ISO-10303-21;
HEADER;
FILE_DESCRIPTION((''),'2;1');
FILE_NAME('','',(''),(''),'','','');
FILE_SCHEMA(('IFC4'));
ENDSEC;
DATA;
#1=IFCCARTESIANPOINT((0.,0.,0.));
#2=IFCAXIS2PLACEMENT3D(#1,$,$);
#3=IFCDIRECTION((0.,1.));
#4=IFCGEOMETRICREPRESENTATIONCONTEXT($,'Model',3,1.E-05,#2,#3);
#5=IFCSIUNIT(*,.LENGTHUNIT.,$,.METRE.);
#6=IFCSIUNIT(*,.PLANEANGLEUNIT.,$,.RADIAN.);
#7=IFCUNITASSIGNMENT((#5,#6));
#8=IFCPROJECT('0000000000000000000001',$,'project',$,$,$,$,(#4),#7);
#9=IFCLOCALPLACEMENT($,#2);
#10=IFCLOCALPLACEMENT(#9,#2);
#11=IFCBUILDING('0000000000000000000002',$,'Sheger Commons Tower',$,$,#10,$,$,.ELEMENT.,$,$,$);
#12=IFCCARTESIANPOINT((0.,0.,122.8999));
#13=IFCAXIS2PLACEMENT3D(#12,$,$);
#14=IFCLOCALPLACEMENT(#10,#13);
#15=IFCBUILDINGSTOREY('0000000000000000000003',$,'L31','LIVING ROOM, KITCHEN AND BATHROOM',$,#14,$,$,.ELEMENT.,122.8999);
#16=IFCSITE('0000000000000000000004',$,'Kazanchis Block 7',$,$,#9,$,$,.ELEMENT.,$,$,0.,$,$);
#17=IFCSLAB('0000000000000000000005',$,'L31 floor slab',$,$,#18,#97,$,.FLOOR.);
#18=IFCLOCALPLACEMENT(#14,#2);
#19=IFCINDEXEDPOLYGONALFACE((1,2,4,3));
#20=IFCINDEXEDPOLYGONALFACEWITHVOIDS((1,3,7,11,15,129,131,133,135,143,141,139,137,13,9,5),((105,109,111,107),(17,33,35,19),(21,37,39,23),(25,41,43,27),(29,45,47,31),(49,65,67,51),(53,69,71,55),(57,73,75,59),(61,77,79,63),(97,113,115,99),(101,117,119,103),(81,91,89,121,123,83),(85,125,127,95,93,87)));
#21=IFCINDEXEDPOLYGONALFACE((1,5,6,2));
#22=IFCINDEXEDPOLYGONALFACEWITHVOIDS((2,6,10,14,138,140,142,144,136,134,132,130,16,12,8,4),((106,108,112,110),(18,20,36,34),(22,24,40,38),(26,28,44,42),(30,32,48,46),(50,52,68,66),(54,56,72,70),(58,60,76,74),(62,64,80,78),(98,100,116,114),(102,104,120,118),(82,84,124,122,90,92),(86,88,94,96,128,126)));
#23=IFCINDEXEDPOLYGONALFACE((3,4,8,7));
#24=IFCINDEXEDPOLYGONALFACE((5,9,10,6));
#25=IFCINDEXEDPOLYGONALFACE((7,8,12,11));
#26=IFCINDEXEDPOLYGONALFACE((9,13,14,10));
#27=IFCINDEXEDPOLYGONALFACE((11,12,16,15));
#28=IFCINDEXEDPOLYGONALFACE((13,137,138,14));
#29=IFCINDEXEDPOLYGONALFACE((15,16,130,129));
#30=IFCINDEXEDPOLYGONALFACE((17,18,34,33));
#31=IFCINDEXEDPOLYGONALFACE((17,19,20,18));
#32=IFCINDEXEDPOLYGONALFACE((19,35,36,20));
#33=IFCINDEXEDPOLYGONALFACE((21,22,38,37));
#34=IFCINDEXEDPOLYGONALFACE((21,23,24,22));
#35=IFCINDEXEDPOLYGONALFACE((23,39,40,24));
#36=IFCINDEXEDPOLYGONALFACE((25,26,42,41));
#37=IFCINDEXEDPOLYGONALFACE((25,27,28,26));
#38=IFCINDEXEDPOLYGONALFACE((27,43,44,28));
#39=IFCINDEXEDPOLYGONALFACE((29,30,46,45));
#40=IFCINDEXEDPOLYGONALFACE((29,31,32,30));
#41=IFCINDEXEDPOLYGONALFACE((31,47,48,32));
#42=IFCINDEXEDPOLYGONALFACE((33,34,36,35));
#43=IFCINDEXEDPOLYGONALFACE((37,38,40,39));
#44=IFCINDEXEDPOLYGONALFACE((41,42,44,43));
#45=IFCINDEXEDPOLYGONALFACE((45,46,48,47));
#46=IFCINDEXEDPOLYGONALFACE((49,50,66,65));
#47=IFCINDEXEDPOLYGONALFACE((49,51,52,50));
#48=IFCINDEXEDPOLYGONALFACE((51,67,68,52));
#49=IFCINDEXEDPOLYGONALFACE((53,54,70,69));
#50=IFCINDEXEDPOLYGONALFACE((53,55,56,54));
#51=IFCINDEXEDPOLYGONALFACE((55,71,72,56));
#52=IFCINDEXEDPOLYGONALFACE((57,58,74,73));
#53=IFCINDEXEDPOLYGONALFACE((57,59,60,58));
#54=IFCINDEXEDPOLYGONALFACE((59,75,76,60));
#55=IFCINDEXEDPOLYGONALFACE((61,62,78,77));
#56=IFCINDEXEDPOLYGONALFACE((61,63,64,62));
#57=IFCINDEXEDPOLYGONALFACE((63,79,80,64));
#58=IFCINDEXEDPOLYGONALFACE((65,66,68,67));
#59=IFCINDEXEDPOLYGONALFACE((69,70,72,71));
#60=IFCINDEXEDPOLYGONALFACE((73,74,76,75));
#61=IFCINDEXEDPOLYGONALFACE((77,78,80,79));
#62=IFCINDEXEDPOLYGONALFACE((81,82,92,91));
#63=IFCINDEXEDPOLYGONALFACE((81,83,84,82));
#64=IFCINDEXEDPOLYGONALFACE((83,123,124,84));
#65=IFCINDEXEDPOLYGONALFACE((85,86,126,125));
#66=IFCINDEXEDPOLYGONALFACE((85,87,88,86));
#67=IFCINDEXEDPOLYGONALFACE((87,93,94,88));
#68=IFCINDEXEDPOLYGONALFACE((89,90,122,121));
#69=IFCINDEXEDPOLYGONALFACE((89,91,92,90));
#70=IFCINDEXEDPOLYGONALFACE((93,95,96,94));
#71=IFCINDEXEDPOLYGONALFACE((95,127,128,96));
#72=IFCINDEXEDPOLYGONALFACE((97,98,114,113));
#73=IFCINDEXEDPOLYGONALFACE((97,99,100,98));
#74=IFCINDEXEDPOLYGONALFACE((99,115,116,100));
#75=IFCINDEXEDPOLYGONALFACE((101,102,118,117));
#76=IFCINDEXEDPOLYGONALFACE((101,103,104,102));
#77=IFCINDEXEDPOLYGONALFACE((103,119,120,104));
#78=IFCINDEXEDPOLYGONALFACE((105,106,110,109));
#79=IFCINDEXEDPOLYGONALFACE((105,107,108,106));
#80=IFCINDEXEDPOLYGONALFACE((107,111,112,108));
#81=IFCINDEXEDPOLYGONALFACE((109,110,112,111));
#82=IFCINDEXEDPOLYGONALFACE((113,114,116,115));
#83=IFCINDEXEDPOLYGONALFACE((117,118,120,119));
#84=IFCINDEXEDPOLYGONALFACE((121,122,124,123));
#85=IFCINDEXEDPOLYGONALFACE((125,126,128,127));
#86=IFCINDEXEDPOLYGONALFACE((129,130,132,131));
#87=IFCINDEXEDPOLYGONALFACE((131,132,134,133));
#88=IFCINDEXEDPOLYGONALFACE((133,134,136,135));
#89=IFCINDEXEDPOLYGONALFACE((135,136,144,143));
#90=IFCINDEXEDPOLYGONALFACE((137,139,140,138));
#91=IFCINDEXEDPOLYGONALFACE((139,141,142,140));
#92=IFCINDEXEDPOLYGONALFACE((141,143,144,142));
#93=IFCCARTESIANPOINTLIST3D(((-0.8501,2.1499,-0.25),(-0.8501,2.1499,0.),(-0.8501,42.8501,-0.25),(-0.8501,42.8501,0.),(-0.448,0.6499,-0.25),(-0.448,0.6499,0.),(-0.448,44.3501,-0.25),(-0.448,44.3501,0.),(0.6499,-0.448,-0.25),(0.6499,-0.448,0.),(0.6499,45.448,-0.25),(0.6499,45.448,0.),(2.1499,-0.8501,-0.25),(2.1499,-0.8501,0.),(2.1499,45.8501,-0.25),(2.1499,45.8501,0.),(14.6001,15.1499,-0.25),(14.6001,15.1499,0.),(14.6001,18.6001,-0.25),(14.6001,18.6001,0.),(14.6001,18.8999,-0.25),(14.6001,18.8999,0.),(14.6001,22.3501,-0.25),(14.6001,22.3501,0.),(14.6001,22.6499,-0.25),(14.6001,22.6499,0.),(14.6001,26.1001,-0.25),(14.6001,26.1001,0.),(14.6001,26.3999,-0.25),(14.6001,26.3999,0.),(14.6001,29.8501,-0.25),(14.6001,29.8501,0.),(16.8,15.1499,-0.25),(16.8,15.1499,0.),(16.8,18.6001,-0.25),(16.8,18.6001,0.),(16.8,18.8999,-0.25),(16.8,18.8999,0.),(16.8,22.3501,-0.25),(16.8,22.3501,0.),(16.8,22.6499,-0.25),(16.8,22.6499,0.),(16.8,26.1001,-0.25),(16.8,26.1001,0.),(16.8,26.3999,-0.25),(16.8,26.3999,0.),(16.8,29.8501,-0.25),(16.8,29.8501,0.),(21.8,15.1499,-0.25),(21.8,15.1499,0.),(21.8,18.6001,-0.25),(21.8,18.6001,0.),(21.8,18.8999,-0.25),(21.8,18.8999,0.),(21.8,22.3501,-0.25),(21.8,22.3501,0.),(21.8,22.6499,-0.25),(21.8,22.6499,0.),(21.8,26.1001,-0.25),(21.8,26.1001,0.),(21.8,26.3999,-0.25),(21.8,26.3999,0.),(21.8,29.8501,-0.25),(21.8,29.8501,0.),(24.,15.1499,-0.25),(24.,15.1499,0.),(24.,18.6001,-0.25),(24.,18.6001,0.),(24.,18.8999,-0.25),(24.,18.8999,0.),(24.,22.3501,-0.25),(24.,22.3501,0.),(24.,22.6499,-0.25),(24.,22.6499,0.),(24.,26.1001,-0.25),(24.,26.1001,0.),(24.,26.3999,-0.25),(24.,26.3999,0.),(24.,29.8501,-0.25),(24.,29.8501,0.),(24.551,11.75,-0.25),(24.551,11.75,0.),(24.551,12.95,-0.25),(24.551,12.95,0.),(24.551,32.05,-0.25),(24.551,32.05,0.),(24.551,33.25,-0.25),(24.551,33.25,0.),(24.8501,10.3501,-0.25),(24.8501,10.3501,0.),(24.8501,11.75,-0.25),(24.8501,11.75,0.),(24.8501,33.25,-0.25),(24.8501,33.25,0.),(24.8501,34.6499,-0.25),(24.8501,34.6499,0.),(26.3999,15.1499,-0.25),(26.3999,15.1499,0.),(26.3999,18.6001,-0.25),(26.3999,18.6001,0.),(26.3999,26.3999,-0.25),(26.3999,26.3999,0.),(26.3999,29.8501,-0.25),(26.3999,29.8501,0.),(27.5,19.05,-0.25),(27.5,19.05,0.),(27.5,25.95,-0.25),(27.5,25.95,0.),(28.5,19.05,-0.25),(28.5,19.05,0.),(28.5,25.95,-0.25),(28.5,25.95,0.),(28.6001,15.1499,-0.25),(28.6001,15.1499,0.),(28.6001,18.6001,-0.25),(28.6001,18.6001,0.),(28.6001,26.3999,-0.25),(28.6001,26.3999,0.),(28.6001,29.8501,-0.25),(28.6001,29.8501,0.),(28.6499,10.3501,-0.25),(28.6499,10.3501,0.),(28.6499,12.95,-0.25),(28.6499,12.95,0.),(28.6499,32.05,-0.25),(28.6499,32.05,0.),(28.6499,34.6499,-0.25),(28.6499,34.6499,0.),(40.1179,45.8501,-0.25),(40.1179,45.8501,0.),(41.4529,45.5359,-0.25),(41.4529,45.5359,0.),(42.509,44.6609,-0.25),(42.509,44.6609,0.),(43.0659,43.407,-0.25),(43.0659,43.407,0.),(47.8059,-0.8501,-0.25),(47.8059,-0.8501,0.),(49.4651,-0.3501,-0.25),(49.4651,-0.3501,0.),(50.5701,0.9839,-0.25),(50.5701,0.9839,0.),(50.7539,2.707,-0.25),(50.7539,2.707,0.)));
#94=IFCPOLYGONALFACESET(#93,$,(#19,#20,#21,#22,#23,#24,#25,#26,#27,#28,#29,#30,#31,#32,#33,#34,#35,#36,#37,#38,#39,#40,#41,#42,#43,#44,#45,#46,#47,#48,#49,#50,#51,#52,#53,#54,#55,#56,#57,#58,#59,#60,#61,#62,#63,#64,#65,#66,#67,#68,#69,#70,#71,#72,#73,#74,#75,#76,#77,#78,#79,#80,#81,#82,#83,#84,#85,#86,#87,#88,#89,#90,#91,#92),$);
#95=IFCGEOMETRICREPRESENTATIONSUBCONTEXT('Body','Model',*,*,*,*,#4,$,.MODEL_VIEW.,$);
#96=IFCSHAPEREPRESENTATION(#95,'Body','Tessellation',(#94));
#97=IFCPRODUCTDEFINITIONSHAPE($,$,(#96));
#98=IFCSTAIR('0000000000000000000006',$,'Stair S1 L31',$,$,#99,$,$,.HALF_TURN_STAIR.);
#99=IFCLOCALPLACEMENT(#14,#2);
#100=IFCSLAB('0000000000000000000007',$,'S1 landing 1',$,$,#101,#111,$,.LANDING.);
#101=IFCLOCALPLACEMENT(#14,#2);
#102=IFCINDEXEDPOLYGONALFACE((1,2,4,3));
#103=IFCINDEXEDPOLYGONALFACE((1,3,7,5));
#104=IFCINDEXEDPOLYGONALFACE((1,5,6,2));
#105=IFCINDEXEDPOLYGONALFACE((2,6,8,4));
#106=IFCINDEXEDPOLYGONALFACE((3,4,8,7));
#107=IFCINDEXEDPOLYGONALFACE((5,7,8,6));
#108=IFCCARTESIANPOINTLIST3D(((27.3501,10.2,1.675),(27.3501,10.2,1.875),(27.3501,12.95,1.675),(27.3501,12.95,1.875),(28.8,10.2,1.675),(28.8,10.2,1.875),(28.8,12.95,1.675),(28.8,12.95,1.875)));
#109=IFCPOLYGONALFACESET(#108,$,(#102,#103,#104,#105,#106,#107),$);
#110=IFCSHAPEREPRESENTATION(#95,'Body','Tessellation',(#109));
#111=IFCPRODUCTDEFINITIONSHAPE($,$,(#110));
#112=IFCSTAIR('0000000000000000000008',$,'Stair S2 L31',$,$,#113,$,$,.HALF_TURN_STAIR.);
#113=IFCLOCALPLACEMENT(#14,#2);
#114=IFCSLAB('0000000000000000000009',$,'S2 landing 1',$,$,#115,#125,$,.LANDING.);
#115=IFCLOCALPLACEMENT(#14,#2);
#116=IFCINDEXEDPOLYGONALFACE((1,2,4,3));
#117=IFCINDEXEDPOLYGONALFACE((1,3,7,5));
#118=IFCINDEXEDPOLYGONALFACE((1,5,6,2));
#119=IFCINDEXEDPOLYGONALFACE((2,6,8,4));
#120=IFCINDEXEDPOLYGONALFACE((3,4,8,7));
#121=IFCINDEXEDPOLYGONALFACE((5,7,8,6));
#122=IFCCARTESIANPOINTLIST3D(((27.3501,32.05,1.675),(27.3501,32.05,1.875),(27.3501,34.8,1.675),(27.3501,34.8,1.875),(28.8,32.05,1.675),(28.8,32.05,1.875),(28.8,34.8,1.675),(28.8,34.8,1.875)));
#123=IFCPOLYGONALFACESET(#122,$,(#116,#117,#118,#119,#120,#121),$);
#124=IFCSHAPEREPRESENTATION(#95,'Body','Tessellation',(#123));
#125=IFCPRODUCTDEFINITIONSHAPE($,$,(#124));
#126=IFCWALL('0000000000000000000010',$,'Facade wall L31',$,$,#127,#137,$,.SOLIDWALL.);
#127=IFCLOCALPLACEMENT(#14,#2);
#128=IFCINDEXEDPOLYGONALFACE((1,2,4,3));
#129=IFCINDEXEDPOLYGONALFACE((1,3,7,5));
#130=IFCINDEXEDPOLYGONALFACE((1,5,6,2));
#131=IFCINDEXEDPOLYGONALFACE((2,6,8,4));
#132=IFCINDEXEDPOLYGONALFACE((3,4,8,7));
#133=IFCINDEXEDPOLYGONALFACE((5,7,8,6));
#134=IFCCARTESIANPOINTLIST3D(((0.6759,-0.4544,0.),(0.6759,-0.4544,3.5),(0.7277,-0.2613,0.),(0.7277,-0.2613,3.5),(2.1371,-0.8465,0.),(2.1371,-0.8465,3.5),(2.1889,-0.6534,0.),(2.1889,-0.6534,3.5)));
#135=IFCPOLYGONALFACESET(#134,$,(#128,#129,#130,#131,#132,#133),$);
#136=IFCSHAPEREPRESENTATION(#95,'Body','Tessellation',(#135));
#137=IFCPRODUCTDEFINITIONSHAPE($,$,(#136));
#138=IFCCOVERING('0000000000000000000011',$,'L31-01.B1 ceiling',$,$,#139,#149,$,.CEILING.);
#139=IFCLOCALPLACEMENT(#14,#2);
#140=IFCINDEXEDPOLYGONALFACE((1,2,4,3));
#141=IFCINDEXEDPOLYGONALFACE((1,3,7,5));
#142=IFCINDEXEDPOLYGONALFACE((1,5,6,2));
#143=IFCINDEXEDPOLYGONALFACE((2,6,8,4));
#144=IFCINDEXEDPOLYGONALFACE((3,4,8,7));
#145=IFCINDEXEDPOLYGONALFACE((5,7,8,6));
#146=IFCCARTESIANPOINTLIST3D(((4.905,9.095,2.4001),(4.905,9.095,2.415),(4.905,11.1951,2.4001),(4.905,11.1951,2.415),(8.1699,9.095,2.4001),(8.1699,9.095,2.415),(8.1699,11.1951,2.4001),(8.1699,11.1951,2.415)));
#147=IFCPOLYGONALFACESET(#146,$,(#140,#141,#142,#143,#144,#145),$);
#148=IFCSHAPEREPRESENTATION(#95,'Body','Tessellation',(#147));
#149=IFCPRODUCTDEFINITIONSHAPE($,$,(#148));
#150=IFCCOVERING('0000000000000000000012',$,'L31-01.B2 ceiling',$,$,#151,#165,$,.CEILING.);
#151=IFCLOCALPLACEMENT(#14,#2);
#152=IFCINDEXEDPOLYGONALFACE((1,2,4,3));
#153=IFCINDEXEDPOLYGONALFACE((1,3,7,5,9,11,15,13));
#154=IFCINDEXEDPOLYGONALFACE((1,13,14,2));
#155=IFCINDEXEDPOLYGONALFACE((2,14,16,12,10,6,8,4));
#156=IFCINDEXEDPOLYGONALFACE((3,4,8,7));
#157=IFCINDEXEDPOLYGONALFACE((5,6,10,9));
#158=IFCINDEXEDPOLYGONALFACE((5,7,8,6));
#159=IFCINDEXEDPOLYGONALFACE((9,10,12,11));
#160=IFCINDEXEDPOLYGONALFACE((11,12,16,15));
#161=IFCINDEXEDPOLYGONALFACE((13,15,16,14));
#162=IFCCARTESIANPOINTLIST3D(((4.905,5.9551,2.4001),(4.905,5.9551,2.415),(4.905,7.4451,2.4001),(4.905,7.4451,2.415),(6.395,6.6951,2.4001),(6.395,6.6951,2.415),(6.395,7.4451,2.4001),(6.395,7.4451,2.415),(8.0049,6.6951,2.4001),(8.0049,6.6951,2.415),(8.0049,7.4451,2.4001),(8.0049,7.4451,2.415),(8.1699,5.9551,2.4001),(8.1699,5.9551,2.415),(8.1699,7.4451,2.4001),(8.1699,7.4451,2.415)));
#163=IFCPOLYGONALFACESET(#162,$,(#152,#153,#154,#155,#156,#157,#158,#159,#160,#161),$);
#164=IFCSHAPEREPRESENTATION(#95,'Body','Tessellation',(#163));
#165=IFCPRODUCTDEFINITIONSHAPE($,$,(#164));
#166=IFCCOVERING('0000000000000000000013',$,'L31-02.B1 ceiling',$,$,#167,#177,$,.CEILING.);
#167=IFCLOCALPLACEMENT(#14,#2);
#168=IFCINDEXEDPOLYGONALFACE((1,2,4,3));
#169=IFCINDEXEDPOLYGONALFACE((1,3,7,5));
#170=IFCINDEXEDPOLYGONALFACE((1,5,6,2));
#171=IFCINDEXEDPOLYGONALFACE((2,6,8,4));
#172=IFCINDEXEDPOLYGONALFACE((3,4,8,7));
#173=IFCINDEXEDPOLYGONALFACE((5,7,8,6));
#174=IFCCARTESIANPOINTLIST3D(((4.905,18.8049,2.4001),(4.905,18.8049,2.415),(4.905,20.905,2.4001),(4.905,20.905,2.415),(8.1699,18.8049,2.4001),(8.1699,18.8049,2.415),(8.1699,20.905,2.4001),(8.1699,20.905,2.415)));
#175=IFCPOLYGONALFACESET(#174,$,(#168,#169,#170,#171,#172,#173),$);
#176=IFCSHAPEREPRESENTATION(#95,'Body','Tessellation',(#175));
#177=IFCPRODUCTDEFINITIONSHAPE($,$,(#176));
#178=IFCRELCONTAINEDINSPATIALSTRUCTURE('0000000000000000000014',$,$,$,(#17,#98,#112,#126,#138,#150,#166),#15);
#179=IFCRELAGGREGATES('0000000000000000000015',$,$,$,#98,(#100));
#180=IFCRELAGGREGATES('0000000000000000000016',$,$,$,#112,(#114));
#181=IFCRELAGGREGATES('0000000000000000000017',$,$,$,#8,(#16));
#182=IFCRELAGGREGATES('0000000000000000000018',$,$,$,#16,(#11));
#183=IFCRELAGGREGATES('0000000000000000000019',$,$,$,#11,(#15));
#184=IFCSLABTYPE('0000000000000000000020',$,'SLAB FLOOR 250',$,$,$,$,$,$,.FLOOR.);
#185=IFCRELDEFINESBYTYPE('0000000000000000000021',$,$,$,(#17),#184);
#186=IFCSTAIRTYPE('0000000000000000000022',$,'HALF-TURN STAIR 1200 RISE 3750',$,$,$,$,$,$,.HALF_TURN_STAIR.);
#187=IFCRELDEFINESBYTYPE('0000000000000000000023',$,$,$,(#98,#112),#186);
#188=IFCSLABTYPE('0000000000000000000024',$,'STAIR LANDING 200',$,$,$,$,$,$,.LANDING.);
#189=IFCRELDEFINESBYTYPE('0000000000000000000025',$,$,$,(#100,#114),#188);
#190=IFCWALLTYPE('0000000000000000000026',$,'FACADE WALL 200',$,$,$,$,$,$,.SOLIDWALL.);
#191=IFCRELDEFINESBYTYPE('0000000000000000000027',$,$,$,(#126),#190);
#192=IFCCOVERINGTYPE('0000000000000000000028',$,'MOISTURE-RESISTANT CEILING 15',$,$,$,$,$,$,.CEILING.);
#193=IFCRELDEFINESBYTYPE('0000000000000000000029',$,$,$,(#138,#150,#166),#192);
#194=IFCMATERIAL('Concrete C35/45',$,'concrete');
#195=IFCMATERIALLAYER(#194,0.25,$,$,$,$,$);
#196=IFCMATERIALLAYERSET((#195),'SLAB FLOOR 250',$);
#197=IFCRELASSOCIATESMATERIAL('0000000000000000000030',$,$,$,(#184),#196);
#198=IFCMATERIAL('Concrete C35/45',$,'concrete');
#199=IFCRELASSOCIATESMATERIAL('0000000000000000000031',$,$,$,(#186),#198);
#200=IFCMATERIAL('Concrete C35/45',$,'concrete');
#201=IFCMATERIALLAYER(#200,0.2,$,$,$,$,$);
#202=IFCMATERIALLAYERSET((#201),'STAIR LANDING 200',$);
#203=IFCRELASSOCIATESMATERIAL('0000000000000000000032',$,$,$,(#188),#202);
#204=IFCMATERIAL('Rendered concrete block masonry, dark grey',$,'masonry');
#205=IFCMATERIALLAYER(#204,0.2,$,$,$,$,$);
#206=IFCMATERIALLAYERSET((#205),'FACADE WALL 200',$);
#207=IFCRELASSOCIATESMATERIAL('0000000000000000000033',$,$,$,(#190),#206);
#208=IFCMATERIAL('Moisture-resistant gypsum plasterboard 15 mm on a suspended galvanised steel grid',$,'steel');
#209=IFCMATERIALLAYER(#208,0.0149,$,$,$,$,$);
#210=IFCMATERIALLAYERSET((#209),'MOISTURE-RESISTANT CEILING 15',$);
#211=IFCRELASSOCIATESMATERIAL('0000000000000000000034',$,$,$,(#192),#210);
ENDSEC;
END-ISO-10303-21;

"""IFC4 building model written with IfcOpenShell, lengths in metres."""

from ifc_helpers import new_model, si_unit, direction, frame, frame_2d, origin, place, context, subcontext, project, spatial, polyline, rectangle, outline, extrude, material, layer, layer_set, type_object, element, aggregate, save


model = new_model("IFC4")

# Units and contexts
model_context = context("Model", 3, precision=1e-05, world=origin(), true_north=direction((0.0, 1.0)))
body_context = subcontext(model_context, "Body", "Model", "MODEL_VIEW")
ifc_project = project(units=[si_unit("LENGTHUNIT", "METRE"), si_unit("PLANEANGLEUNIT", "RADIAN")], contexts=[model_context])

# Site, building, storey
site_placement = place(None, origin())
site = spatial("IfcSite", under=ifc_project, at=site_placement, Name="Kazanchis Block 7", CompositionType="ELEMENT", RefElevation=0.0)
building_placement = place(site_placement, origin())
building = spatial("IfcBuilding", under=site, at=building_placement, Name="Sheger Commons Tower", CompositionType="ELEMENT")
storey_placement = place(building_placement, frame((0.0, 0.0, 122.8999)))
storey = spatial("IfcBuildingStorey", under=building, at=storey_placement, Name="L31", Description="LIVING ROOM, KITCHEN AND BATHROOM", CompositionType="ELEMENT", Elevation=122.8999)

# Slab
ifc_material_1 = material(Name="Concrete C35/45", Category="concrete")
ifc_layer_1 = layer(ifc_material_1, 0.25)
ifc_layer_set_1 = layer_set([ifc_layer_1], Name="SLAB FLOOR 250")
slab_type_1 = type_object("IfcSlabType", Name="SLAB FLOOR 250", PredefinedType="FLOOR", material=ifc_layer_set_1)
slab_1_placement = place(storey_placement, frame((0.0, 0.0, -0.25)))
element("IfcSlab", 1, at=slab_1_placement, inside=storey, type_object=slab_type_1, Name="L31 floor slab", PredefinedType="FLOOR", context=body_context, shape_type="SweptSolid", body=[
    extrude(outline(polyline([(-0.8501, 2.1499), (-0.448, 0.6499), (0.6499, -0.448), (2.1499, -0.8501), (47.8059, -0.8501), (49.4651, -0.3501), (50.5701, 0.9839), (50.7539, 2.707), (43.0659, 43.407), (42.509, 44.6609), (41.4529, 45.5359), (40.1179, 45.8501), (2.1499, 45.8501), (0.6499, 45.448), (-0.448, 44.3501), (-0.8501, 42.8501), (-0.8501, 2.1499)]), holes=[polyline([(24.8501, 10.3501), (28.6499, 10.3501), (28.6499, 12.95), (24.551, 12.95), (24.551, 11.75), (24.8501, 11.75), (24.8501, 10.3501)]), polyline([(24.551, 32.05), (28.6499, 32.05), (28.6499, 34.6499), (24.8501, 34.6499), (24.8501, 33.25), (24.551, 33.25), (24.551, 32.05)]), polyline([(26.3999, 15.1499), (28.6001, 15.1499), (28.6001, 18.6001), (26.3999, 18.6001), (26.3999, 15.1499)]), polyline([(26.3999, 26.3999), (28.6001, 26.3999), (28.6001, 29.8501), (26.3999, 29.8501), (26.3999, 26.3999)]), polyline([(14.6001, 15.1499), (16.8, 15.1499), (16.8, 18.6001), (14.6001, 18.6001), (14.6001, 15.1499)]), polyline([(14.6001, 18.8999), (16.8, 18.8999), (16.8, 22.3501), (14.6001, 22.3501), (14.6001, 18.8999)]), polyline([(14.6001, 22.6499), (16.8, 22.6499), (16.8, 26.1001), (14.6001, 26.1001), (14.6001, 22.6499)]), polyline([(14.6001, 26.3999), (16.8, 26.3999), (16.8, 29.8501), (14.6001, 29.8501), (14.6001, 26.3999)]), polyline([(21.8, 15.1499), (24.0, 15.1499), (24.0, 18.6001), (21.8, 18.6001), (21.8, 15.1499)]), polyline([(21.8, 18.8999), (24.0, 18.8999), (24.0, 22.3501), (21.8, 22.3501), (21.8, 18.8999)]), polyline([(21.8, 22.6499), (24.0, 22.6499), (24.0, 26.1001), (21.8, 26.1001), (21.8, 22.6499)]), polyline([(21.8, 26.3999), (24.0, 26.3999), (24.0, 29.8501), (21.8, 29.8501), (21.8, 26.3999)]), polyline([(27.5, 19.05), (28.5, 19.05), (28.5, 25.95), (27.5, 25.95), (27.5, 19.05)])]), origin(), (0.0, 0.0, 1.0), 0.25),
])

# Stairs, slabs
ifc_material_2 = material(Name="Concrete C35/45", Category="concrete")
stair_type = type_object("IfcStairType", Name="HALF-TURN STAIR 1200 RISE 3750", PredefinedType="HALF_TURN_STAIR", material=ifc_material_2)
stair_1_placement = place(storey_placement, origin())
stair_1 = element("IfcStair", 2, at=stair_1_placement, inside=storey, type_object=stair_type, Name="Stair S1 L31", PredefinedType="HALF_TURN_STAIR")
ifc_material_3 = material(Name="Concrete C35/45", Category="concrete")
ifc_layer_2 = layer(ifc_material_3, 0.2)
ifc_layer_set_2 = layer_set([ifc_layer_2], Name="STAIR LANDING 200")
slab_type_2 = type_object("IfcSlabType", Name="STAIR LANDING 200", PredefinedType="LANDING", material=ifc_layer_set_2)
slab_2_placement = place(storey_placement, frame((0.0, 0.0, 1.675)))
slab_2 = element("IfcSlab", 3, at=slab_2_placement, type_object=slab_type_2, Name="S1 landing 1", PredefinedType="LANDING", context=body_context, shape_type="SweptSolid", body=[
    extrude(outline(polyline([(27.3501, 10.2), (28.8, 10.2), (28.8, 12.95), (27.3501, 12.95), (27.3501, 10.2)])), origin(), (0.0, 0.0, 1.0), 0.2),
])
aggregate(stair_1, [slab_2])
stair_2_placement = place(storey_placement, origin())
stair_2 = element("IfcStair", 4, at=stair_2_placement, inside=storey, type_object=stair_type, Name="Stair S2 L31", PredefinedType="HALF_TURN_STAIR")
slab_3_placement = place(storey_placement, frame((0.0, 0.0, 1.675)))
slab_3 = element("IfcSlab", 5, at=slab_3_placement, type_object=slab_type_2, Name="S2 landing 1", PredefinedType="LANDING", context=body_context, shape_type="SweptSolid", body=[
    extrude(outline(polyline([(27.3501, 32.05), (28.8, 32.05), (28.8, 34.8), (27.3501, 34.8), (27.3501, 32.05)])), origin(), (0.0, 0.0, 1.0), 0.2),
])
aggregate(stair_2, [slab_3])

# Wall
ifc_material_4 = material(Name="Rendered concrete block masonry, dark grey", Category="masonry")
ifc_layer_3 = layer(ifc_material_4, 0.2)
ifc_layer_set_3 = layer_set([ifc_layer_3], Name="FACADE WALL 200")
wall_type = type_object("IfcWallType", Name="FACADE WALL 200", PredefinedType="SOLIDWALL", material=ifc_layer_set_3)
wall_placement = place(storey_placement, frame((0.7019, -0.3579, 0.0), z_axis=(0.0, 0.0, 1.0), x_axis=(0.965832, -0.259169, 0.0)))
element("IfcWall", 6, at=wall_placement, inside=storey, type_object=wall_type, Name="Facade wall L31", PredefinedType="SOLIDWALL", context=body_context, shape_type="SweptSolid", body=[
    extrude(rectangle(XDim=1.5129, YDim=0.2, at=frame_2d((0.7563, 0.0))), origin(), (0.0, 0.0, 1.0), 3.5),
])

# Coverings
ifc_material_5 = material(Name="Moisture-resistant gypsum plasterboard 15 mm on a suspended galvanised steel grid", Category="steel")
ifc_layer_4 = layer(ifc_material_5, 0.0149)
ifc_layer_set_4 = layer_set([ifc_layer_4], Name="MOISTURE-RESISTANT CEILING 15")
covering_type_1 = type_object("IfcCoveringType", Name="MOISTURE-RESISTANT CEILING 15", PredefinedType="CEILING", material=ifc_layer_set_4)
covering_1_placement = place(storey_placement, frame((0.0, 0.0, 2.4001)))
element("IfcCovering", 7, at=covering_1_placement, inside=storey, type_object=covering_type_1, Name="L31-01.B1 ceiling", PredefinedType="CEILING", context=body_context, shape_type="SweptSolid", body=[
    extrude(outline(polyline([(4.905, 9.095), (8.1699, 9.095), (8.1699, 11.1951), (4.905, 11.1951), (4.905, 9.095)])), origin(), (0.0, 0.0, 1.0), 0.0149),
])
covering_2_placement = place(storey_placement, frame((0.0, 0.0, 2.4001)))
element("IfcCovering", 8, at=covering_2_placement, inside=storey, type_object=covering_type_1, Name="L31-01.B2 ceiling", PredefinedType="CEILING", context=body_context, shape_type="SweptSolid", body=[
    extrude(outline(polyline([(4.905, 5.9551), (8.1699, 5.9551), (8.1699, 7.4451), (8.0049, 7.4451), (8.0049, 6.6951), (6.395, 6.6951), (6.395, 7.4451), (4.905, 7.4451), (4.905, 5.9551)])), origin(), (0.0, 0.0, 1.0), 0.0149),
])
covering_3_placement = place(storey_placement, frame((0.0, 0.0, 2.4001)))
element("IfcCovering", 9, at=covering_3_placement, inside=storey, type_object=covering_type_1, Name="L31-02.B1 ceiling", PredefinedType="CEILING", context=body_context, shape_type="SweptSolid", body=[
    extrude(outline(polyline([(4.905, 18.8049), (8.1699, 18.8049), (8.1699, 20.905), (4.905, 20.905), (4.905, 18.8049)])), origin(), (0.0, 0.0, 1.0), 0.0149),
])

save(model, "model.ifc")
